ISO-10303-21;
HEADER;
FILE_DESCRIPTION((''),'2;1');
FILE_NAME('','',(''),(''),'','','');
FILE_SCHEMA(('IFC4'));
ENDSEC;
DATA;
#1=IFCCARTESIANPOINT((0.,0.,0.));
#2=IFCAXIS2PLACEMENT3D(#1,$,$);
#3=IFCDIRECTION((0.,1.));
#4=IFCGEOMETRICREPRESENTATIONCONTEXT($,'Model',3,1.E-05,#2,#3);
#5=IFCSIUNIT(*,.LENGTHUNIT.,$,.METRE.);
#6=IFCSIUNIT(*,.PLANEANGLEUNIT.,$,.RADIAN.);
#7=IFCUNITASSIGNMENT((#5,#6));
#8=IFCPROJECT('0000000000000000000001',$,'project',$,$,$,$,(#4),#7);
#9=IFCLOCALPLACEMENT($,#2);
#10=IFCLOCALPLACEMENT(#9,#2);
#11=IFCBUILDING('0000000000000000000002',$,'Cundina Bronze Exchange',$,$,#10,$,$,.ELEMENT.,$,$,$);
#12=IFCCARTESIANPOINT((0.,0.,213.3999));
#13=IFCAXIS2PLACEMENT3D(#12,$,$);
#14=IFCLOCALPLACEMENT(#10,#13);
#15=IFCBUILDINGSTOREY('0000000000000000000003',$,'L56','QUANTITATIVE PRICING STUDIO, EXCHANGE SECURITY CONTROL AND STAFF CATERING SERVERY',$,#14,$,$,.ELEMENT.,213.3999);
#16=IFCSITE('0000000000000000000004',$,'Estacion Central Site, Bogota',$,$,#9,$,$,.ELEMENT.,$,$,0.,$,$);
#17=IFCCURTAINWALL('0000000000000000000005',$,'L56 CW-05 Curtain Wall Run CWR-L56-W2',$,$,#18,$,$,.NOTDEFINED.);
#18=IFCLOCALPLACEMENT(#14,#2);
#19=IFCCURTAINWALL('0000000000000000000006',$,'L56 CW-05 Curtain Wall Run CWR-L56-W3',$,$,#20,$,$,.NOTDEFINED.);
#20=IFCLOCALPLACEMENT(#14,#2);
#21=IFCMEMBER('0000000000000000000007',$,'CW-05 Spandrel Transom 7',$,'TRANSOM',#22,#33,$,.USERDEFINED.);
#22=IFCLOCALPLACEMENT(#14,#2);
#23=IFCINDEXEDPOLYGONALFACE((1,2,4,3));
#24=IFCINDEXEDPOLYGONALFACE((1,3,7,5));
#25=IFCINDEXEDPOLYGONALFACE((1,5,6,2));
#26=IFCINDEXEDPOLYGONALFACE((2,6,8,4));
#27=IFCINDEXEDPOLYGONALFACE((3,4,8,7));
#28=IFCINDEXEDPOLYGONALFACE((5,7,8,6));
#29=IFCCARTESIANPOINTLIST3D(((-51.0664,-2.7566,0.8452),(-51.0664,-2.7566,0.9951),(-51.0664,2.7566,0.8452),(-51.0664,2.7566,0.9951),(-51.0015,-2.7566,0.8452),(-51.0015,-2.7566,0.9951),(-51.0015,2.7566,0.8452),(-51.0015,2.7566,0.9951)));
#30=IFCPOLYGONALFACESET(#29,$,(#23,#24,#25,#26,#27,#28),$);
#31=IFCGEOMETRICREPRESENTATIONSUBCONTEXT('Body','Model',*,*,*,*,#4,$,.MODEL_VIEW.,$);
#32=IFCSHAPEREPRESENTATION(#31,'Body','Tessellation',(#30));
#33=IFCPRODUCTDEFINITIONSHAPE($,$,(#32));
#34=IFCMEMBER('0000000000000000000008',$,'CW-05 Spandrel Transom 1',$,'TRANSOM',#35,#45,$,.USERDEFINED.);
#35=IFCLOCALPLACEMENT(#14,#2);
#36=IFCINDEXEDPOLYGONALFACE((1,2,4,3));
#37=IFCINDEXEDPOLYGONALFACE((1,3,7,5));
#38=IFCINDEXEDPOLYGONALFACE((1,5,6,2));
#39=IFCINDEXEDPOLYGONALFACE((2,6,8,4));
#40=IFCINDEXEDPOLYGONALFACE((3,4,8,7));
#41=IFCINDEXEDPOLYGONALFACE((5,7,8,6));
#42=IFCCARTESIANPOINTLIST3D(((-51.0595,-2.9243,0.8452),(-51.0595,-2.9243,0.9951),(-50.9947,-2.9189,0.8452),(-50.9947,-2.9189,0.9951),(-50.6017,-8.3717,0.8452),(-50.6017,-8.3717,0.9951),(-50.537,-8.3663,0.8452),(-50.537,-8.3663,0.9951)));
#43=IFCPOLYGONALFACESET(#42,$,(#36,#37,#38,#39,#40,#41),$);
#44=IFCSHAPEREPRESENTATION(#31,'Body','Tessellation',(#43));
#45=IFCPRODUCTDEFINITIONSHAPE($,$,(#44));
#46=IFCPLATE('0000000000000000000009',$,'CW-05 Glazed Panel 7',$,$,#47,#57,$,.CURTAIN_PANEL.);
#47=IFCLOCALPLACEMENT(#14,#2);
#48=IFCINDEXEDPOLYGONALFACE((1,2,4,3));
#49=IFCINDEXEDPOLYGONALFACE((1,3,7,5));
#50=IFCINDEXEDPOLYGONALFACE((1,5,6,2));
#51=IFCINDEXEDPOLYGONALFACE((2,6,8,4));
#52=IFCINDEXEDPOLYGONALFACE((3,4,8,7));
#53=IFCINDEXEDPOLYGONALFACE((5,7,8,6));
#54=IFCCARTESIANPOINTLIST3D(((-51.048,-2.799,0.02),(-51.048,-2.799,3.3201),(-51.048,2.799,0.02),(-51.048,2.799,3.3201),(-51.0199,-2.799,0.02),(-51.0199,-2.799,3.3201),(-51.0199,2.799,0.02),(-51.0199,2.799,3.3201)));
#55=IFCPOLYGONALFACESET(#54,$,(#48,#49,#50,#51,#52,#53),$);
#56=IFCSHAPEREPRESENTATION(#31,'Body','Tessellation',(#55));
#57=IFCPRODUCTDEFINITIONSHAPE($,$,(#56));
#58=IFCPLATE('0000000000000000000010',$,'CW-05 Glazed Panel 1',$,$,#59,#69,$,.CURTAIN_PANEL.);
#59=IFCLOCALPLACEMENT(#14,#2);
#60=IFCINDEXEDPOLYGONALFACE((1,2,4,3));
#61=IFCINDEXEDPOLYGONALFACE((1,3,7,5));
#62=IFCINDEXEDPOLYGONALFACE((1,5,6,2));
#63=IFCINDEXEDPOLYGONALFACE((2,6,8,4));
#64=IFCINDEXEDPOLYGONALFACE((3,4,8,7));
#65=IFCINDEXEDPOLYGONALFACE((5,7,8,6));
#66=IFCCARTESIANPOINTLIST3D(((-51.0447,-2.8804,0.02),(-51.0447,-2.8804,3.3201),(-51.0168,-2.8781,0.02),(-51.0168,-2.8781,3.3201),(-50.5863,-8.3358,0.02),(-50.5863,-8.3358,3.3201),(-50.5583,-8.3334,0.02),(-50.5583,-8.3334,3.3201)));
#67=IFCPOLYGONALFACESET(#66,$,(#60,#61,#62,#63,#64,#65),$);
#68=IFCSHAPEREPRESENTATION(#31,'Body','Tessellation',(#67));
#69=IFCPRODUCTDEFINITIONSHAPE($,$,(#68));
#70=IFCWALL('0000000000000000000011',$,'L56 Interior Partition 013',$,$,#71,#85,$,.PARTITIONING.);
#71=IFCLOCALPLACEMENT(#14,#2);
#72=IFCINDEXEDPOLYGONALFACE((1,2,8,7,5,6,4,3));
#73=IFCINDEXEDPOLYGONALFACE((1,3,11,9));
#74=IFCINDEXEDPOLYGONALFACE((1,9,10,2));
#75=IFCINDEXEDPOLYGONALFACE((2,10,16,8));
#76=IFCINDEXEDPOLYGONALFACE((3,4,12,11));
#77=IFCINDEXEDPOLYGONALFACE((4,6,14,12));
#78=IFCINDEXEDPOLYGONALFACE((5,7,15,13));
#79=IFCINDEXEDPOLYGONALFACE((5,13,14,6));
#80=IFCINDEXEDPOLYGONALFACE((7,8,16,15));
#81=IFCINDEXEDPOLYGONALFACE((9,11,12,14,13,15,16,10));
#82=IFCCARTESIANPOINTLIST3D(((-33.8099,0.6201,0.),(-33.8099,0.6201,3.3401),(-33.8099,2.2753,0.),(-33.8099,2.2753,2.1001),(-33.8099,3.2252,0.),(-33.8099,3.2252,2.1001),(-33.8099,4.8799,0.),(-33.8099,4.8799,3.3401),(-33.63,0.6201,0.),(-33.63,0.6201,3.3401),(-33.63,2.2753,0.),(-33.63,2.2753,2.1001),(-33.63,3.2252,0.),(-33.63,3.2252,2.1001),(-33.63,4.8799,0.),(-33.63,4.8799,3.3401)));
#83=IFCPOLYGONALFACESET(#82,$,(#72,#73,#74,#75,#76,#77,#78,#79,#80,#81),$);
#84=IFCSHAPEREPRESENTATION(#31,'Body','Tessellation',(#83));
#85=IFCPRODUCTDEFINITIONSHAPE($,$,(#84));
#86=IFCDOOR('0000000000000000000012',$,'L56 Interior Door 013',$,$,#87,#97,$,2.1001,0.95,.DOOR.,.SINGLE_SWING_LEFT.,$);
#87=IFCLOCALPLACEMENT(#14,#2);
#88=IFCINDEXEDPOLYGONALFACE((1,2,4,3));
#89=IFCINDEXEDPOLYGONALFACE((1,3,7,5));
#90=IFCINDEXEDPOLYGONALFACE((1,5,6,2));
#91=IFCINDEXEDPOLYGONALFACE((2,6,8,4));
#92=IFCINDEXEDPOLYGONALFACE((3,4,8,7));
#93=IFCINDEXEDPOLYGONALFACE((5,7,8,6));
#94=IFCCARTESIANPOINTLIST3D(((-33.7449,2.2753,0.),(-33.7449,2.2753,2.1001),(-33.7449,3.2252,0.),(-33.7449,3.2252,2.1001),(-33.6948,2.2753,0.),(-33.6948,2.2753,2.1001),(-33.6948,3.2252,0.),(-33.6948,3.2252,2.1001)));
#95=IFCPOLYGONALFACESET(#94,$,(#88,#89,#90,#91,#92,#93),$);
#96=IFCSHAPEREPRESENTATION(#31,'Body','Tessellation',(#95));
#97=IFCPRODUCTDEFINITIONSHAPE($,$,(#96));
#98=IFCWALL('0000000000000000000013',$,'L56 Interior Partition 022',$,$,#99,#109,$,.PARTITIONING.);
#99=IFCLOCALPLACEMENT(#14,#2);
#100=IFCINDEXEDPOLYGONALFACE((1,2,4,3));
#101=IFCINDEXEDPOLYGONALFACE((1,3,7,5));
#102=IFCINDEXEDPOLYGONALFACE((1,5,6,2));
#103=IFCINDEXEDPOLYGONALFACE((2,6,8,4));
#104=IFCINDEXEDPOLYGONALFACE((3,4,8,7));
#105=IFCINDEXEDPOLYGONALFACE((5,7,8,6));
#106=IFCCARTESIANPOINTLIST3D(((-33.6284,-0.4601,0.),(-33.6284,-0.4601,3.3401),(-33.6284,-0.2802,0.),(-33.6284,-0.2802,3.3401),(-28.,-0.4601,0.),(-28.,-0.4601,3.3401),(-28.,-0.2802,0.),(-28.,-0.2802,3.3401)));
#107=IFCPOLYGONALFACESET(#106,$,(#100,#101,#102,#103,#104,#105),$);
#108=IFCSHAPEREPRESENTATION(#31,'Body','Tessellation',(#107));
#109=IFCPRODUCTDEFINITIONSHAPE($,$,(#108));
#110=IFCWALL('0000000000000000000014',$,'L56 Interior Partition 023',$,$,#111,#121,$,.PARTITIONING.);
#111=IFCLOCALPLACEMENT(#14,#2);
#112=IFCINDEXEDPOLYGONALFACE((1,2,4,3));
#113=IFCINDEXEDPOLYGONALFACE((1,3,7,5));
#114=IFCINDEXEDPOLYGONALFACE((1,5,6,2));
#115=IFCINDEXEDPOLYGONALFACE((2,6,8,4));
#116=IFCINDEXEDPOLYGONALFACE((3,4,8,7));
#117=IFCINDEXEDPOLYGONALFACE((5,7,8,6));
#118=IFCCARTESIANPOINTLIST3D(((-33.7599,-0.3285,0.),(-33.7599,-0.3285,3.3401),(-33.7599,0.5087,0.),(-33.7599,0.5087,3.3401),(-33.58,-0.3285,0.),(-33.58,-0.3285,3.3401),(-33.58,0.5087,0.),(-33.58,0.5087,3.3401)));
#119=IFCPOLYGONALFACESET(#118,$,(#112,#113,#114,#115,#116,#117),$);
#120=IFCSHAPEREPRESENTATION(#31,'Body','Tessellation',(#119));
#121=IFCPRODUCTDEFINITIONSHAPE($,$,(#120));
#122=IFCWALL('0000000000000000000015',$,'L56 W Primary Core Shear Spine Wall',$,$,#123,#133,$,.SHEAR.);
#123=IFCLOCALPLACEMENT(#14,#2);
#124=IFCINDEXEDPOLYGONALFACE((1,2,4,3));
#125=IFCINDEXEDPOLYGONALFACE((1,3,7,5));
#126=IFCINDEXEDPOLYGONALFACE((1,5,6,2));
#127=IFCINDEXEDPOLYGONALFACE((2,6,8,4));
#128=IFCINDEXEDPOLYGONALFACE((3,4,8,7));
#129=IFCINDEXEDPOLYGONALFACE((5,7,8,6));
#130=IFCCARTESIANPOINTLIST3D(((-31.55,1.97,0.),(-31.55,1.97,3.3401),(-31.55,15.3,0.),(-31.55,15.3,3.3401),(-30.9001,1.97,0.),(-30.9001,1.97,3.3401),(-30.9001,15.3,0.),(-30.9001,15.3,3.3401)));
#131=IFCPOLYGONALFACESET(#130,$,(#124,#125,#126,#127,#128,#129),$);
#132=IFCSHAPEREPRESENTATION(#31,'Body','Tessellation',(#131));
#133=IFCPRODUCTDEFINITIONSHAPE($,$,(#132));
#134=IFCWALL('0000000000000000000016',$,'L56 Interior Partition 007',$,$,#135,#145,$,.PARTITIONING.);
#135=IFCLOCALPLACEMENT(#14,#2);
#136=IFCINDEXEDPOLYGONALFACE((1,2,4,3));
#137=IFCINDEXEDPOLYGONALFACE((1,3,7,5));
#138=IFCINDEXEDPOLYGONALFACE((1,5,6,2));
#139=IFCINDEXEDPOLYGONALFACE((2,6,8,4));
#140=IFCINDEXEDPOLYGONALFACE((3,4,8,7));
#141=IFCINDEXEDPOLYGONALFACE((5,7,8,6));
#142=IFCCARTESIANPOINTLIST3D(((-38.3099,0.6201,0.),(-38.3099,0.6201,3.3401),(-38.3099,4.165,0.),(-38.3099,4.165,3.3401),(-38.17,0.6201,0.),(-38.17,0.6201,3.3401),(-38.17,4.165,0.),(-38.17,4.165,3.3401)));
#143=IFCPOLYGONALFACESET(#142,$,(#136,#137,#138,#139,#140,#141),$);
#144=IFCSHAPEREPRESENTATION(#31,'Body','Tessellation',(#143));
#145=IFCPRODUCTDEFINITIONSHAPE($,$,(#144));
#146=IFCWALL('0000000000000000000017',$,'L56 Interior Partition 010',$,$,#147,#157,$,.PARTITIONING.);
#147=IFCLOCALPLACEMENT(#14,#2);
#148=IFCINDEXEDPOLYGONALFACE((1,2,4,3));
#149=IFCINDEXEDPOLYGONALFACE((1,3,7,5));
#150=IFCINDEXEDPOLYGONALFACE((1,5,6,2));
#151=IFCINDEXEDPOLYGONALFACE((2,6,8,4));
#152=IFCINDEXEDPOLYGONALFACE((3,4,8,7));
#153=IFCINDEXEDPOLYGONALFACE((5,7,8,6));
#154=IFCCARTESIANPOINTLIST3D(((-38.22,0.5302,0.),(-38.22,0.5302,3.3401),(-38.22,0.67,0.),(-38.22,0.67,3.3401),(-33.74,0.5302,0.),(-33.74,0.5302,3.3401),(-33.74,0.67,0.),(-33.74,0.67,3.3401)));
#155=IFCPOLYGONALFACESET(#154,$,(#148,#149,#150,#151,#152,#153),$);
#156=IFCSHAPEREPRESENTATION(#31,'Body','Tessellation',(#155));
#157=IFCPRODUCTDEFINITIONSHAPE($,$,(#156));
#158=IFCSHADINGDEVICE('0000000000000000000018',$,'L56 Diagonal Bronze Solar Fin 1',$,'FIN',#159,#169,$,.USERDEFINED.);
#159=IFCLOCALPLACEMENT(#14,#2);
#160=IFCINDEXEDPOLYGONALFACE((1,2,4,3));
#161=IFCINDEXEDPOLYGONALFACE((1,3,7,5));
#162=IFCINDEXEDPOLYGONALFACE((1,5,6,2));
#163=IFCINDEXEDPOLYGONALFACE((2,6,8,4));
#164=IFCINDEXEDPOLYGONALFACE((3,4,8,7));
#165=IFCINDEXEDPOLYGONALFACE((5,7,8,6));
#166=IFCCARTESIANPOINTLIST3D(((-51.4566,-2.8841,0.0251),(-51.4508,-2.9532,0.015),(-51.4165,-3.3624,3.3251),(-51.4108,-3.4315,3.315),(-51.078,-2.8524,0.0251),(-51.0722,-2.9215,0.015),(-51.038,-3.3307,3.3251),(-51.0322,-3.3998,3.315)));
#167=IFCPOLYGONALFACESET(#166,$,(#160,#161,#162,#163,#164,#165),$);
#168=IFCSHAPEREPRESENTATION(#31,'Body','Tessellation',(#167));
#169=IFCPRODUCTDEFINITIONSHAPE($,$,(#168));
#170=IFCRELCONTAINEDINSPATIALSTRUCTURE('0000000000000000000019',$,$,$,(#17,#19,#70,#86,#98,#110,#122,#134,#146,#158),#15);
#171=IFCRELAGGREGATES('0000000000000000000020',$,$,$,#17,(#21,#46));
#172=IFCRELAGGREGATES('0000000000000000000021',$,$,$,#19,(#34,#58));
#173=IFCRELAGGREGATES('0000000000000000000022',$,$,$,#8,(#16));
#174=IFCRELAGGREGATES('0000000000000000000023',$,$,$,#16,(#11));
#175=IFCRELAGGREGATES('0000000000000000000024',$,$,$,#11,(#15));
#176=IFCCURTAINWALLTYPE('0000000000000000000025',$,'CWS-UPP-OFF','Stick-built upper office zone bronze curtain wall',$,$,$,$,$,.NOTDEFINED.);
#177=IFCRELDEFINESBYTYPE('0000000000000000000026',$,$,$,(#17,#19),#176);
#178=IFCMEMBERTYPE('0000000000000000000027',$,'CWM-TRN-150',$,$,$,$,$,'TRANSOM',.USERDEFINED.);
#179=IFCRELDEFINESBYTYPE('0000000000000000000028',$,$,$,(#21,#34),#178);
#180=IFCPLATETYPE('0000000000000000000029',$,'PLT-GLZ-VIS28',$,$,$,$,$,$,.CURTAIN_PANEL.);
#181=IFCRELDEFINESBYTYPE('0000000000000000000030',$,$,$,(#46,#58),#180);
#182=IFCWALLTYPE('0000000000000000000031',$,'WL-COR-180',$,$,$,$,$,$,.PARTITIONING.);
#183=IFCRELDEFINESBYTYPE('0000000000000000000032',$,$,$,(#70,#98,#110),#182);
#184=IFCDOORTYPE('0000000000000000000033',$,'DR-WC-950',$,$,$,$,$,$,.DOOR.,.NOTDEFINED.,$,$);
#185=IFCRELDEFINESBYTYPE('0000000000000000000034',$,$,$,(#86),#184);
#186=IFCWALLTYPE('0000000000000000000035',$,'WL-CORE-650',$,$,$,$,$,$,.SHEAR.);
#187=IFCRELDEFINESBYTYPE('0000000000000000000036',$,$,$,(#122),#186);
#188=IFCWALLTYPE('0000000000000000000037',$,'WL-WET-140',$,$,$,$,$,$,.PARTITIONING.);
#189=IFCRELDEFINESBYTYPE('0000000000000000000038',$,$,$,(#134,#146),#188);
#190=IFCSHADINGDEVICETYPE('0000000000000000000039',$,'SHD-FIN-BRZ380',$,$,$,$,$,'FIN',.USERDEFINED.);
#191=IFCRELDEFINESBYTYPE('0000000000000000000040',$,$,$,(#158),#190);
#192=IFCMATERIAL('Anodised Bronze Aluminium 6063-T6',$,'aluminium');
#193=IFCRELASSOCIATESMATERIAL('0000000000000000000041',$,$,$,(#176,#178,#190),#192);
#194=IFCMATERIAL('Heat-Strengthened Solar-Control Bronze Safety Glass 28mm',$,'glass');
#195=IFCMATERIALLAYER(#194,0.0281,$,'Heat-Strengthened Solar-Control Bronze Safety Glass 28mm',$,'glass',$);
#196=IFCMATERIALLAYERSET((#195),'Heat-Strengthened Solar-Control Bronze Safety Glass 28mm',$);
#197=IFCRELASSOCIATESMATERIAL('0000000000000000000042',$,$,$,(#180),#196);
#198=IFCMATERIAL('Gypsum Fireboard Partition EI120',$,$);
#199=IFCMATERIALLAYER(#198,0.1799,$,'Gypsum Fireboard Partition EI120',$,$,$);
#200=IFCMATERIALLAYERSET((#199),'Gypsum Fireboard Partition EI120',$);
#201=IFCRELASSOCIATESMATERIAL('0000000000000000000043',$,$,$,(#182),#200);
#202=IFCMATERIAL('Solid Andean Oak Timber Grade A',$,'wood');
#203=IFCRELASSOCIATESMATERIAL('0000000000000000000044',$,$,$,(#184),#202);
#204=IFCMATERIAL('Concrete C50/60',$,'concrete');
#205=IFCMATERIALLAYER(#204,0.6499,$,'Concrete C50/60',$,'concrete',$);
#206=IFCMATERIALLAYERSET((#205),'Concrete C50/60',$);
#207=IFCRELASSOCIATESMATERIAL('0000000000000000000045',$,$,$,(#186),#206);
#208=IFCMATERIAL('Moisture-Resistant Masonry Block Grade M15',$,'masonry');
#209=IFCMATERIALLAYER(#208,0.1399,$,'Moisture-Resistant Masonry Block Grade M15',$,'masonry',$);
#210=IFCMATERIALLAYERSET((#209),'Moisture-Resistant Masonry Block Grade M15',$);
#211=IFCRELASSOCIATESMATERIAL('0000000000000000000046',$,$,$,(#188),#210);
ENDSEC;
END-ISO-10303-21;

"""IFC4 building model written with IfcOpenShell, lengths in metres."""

from ifc_helpers import new_model, si_unit, direction, frame, frame_2d, origin, origin_2d, place, context, subcontext, project, spatial, rectangle, extrude, material, layer, layer_set, material_profile, profile_set, type_object, element, fill, aggregate, save


model = new_model("IFC4")

# Units and contexts
model_context = context("Model", 3, precision=1e-05, world=origin(), true_north=direction((0.0, 1.0)))
body_context = subcontext(model_context, "Body", "Model", "MODEL_VIEW")
ifc_project = project(units=[si_unit("LENGTHUNIT", "METRE"), si_unit("PLANEANGLEUNIT", "RADIAN")], contexts=[model_context])

# Site, building, storey
site_placement = place(None, origin())
site = spatial("IfcSite", under=ifc_project, at=site_placement, Name="Estacion Central Site, Bogota", CompositionType="ELEMENT", RefElevation=0.0)
building_placement = place(site_placement, origin())
building = spatial("IfcBuilding", under=site, at=building_placement, Name="Cundina Bronze Exchange", CompositionType="ELEMENT")
storey_placement = place(building_placement, frame((0.0, 0.0, 213.3999)))
storey = spatial("IfcBuildingStorey", under=building, at=storey_placement, Name="L56", Description="QUANTITATIVE PRICING STUDIO, EXCHANGE SECURITY CONTROL AND STAFF CATERING SERVERY", CompositionType="ELEMENT", Elevation=213.3999)

# Shared definitions
ifc_material_1 = material(Name="Concrete C50/60", Category="concrete")

# Curtain walls
ifc_material_2 = material(Name="Anodised Bronze Aluminium 6063-T6", Category="aluminium")
curtain_wall_type = type_object("IfcCurtainWallType", Name="CWS-UPP-OFF", Description="Stick-built upper office zone bronze curtain wall", PredefinedType="NOTDEFINED", material=ifc_material_2)
curtain_wall_1_placement = place(storey_placement, origin())
curtain_wall_1 = element("IfcCurtainWall", 1, at=curtain_wall_1_placement, inside=storey, type_object=curtain_wall_type, Name="L56 CW-05 Curtain Wall Run CWR-L56-W2", PredefinedType="NOTDEFINED")
curtain_wall_2_placement = place(storey_placement, origin())
curtain_wall_2 = element("IfcCurtainWall", 2, at=curtain_wall_2_placement, inside=storey, type_object=curtain_wall_type, Name="L56 CW-05 Curtain Wall Run CWR-L56-W3", PredefinedType="NOTDEFINED")

# Members
ifc_material_profile_1 = material_profile(ifc_material_2, rectangle(XDim=0.0649, YDim=0.1499, at=origin_2d()), Name="AL65X150", Category="aluminium")
ifc_profile_set_1 = profile_set([ifc_material_profile_1], Name="Anodised Bronze Aluminium 6063-T6")
member_type_1 = type_object("IfcMemberType", Name="CWM-TRN-150", ElementType="TRANSOM", PredefinedType="USERDEFINED", material=ifc_profile_set_1)
member_1_placement = place(storey_placement, frame((-51.0339, 2.7566, 0.9202), z_axis=(0.0, -1.0, 0.0), x_axis=(1.0, 0.0, 0.0)))
member_1 = element("IfcMember", 3, at=member_1_placement, type_object=member_type_1, Name="CW-05 Spandrel Transom 7", ObjectType="TRANSOM", PredefinedType="USERDEFINED", context=body_context, shape_type="SweptSolid", body=[
    extrude(rectangle(XDim=0.0649, YDim=0.1499, at=origin_2d()), origin(), (0.0, 0.0, 1.0), 5.5132),
])
member_2_placement = place(storey_placement, frame((-51.0271, -2.9216, 0.9202), z_axis=(0.08374, -0.996488, 0.0), x_axis=(0.996488, 0.08374, 0.0)))
member_2 = element("IfcMember", 4, at=member_2_placement, type_object=member_type_1, Name="CW-05 Spandrel Transom 1", ObjectType="TRANSOM", PredefinedType="USERDEFINED", context=body_context, shape_type="SweptSolid", body=[
    extrude(rectangle(XDim=0.0649, YDim=0.1499, at=origin_2d()), origin(), (0.0, 0.0, 1.0), 5.4666),
])

# Plates
ifc_material_3 = material(Name="Heat-Strengthened Solar-Control Bronze Safety Glass 28mm", Category="glass")
ifc_layer_1 = layer(ifc_material_3, 0.0281, Name="Heat-Strengthened Solar-Control Bronze Safety Glass 28mm", Category="glass")
ifc_layer_set_1 = layer_set([ifc_layer_1], Name="Heat-Strengthened Solar-Control Bronze Safety Glass 28mm")
plate_type = type_object("IfcPlateType", Name="PLT-GLZ-VIS28", PredefinedType="CURTAIN_PANEL", material=ifc_layer_set_1)
plate_1_placement = place(storey_placement, frame((-51.0339, 0.0, 0.02), z_axis=(0.0, 0.0, 1.0), x_axis=(0.0, -1.0, 0.0)))
plate_1 = element("IfcPlate", 5, at=plate_1_placement, type_object=plate_type, Name="CW-05 Glazed Panel 7", PredefinedType="CURTAIN_PANEL", context=body_context, shape_type="SweptSolid", body=[
    extrude(rectangle(XDim=5.5979, YDim=0.0281, at=origin_2d()), origin(), (0.0, 0.0, 1.0), 3.3),
])
aggregate(curtain_wall_1, [member_1, plate_1])
plate_2_placement = place(storey_placement, frame((-50.8015, -5.6069, 0.02), z_axis=(0.0, 0.0, 1.0), x_axis=(0.083747, -0.996487, 0.0)))
plate_2 = element("IfcPlate", 6, at=plate_2_placement, type_object=plate_type, Name="CW-05 Glazed Panel 1", PredefinedType="CURTAIN_PANEL", context=body_context, shape_type="SweptSolid", body=[
    extrude(rectangle(XDim=5.4746, YDim=0.0281, at=origin_2d()), origin(), (0.0, 0.0, 1.0), 3.3),
])
aggregate(curtain_wall_2, [member_2, plate_2])

# Wall, opening, door
ifc_material_4 = material(Name="Gypsum Fireboard Partition EI120")
ifc_layer_2 = layer(ifc_material_4, 0.1799, Name="Gypsum Fireboard Partition EI120")
ifc_layer_set_2 = layer_set([ifc_layer_2], Name="Gypsum Fireboard Partition EI120")
wall_type_1 = type_object("IfcWallType", Name="WL-COR-180", PredefinedType="PARTITIONING", material=ifc_layer_set_2)
wall_1_placement = place(storey_placement, frame((-33.72, 0.6201, 0.0), z_axis=(0.0, 0.0, 1.0), x_axis=(0.0, 1.0, 0.0)))
wall_1 = element("IfcWall", 7, at=wall_1_placement, inside=storey, type_object=wall_type_1, Name="L56 Interior Partition 013", PredefinedType="PARTITIONING", context=body_context, shape_type="SweptSolid", body=[
    extrude(rectangle(XDim=4.2598, YDim=0.1799, at=frame_2d((2.1299, 0.0))), origin(), (0.0, 0.0, 1.0), 3.3401),
])
opening_1_placement = place(wall_1_placement, frame((1.655, 0.0, 0.0)))
opening_1 = element("IfcOpeningElement", 8, at=opening_1_placement, cuts=wall_1, PredefinedType="OPENING", context=body_context, shape_type="SweptSolid", body=[
    extrude(rectangle(XDim=0.95, YDim=2.1001, at=frame_2d((0.4751, 1.05))), frame((0.0, 0.0999, 0.0), z_axis=(0.0, -1.0, 0.0), x_axis=(1.0, 0.0, 0.0)), (0.0, 0.0, 1.0), 0.2),
])
ifc_material_5 = material(Name="Solid Andean Oak Timber Grade A", Category="wood")
door_type_1 = type_object("IfcDoorType", Name="DR-WC-950", OperationType="NOTDEFINED", PredefinedType="DOOR", material=ifc_material_5)
door_1_placement = place(opening_1_placement, origin())
door_1 = element("IfcDoor", 9, at=door_1_placement, inside=storey, type_object=door_type_1, Name="L56 Interior Door 013", OperationType="SINGLE_SWING_LEFT", OverallHeight=2.1001, OverallWidth=0.95, PredefinedType="DOOR", context=body_context, shape_type="SweptSolid", body=[
    extrude(rectangle(XDim=0.95, YDim=2.1001, at=frame_2d((0.4751, 1.05))), frame((0.0, 0.0249, 0.0), z_axis=(0.0, -1.0, 0.0), x_axis=(1.0, 0.0, 0.0)), (0.0, 0.0, 1.0), 0.05),
])
fill(opening_1, door_1)

# Walls
wall_2_placement = place(storey_placement, frame((-33.6284, -0.3701, 0.0), z_axis=(0.0, 0.0, 1.0), x_axis=(1.0, 0.0, 0.0)))
element("IfcWall", 10, at=wall_2_placement, inside=storey, type_object=wall_type_1, Name="L56 Interior Partition 022", PredefinedType="PARTITIONING", context=body_context, shape_type="SweptSolid", body=[
    extrude(rectangle(XDim=5.6284, YDim=0.1799, at=frame_2d((2.8142, 0.0))), origin(), (0.0, 0.0, 1.0), 3.3401),
])
wall_3_placement = place(storey_placement, frame((-33.6699, 0.5085, 0.0), z_axis=(0.0, 0.0, 1.0), x_axis=(0.0, -1.0, 0.0)))
element("IfcWall", 11, at=wall_3_placement, inside=storey, type_object=wall_type_1, Name="L56 Interior Partition 023", PredefinedType="PARTITIONING", context=body_context, shape_type="SweptSolid", body=[
    extrude(rectangle(XDim=0.8372, YDim=0.1799, at=frame_2d((0.4185, 0.0))), origin(), (0.0, 0.0, 1.0), 3.3401),
])
ifc_layer_3 = layer(ifc_material_1, 0.6499, Name="Concrete C50/60", Category="concrete")
ifc_layer_set_3 = layer_set([ifc_layer_3], Name="Concrete C50/60")
wall_type_2 = type_object("IfcWallType", Name="WL-CORE-650", PredefinedType="SHEAR", material=ifc_layer_set_3)
wall_4_placement = place(storey_placement, frame((-31.2251, 1.97, 0.0), z_axis=(0.0, 0.0, 1.0), x_axis=(0.0, 1.0, 0.0)))
element("IfcWall", 12, at=wall_4_placement, inside=storey, type_object=wall_type_2, Name="L56 W Primary Core Shear Spine Wall", PredefinedType="SHEAR", context=body_context, shape_type="SweptSolid", body=[
    extrude(rectangle(XDim=13.3301, YDim=0.6499, at=frame_2d((6.665, 0.0))), origin(), (0.0, 0.0, 1.0), 3.3401),
])
ifc_material_6 = material(Name="Moisture-Resistant Masonry Block Grade M15", Category="masonry")
ifc_layer_4 = layer(ifc_material_6, 0.1399, Name="Moisture-Resistant Masonry Block Grade M15", Category="masonry")
ifc_layer_set_4 = layer_set([ifc_layer_4], Name="Moisture-Resistant Masonry Block Grade M15")
wall_type_3 = type_object("IfcWallType", Name="WL-WET-140", PredefinedType="PARTITIONING", material=ifc_layer_set_4)
wall_5_placement = place(storey_placement, frame((-38.24, 0.6201, 0.0), z_axis=(0.0, 0.0, 1.0), x_axis=(0.0, 1.0, 0.0)))
element("IfcWall", 13, at=wall_5_placement, inside=storey, type_object=wall_type_3, Name="L56 Interior Partition 007", PredefinedType="PARTITIONING", context=body_context, shape_type="SweptSolid", body=[
    extrude(rectangle(XDim=3.5449, YDim=0.1399, at=frame_2d((1.7725, 0.0))), origin(), (0.0, 0.0, 1.0), 3.3401),
])
wall_6_placement = place(storey_placement, frame((-38.22, 0.6001, 0.0), z_axis=(0.0, 0.0, 1.0), x_axis=(1.0, 0.0, 0.0)))
element("IfcWall", 14, at=wall_6_placement, inside=storey, type_object=wall_type_3, Name="L56 Interior Partition 010", PredefinedType="PARTITIONING", context=body_context, shape_type="SweptSolid", body=[
    extrude(rectangle(XDim=4.48, YDim=0.1399, at=frame_2d((2.24, 0.0))), origin(), (0.0, 0.0, 1.0), 3.3401),
])

# Shading device
ifc_material_profile_2 = material_profile(ifc_material_2, rectangle(XDim=0.0701, YDim=0.3799, at=origin_2d()), Name="FIN70X380", Category="aluminium")
ifc_profile_set_2 = profile_set([ifc_material_profile_2], Name="Anodised Bronze Aluminium 6063-T6")
shading_device_type = type_object("IfcShadingDeviceType", Name="SHD-FIN-BRZ380", ElementType="FIN", PredefinedType="USERDEFINED", material=ifc_profile_set_2)
shading_device_placement = place(storey_placement, frame((-51.2644, -2.9028, 0.02), z_axis=(0.012007, -0.14342, 0.989589), x_axis=(-0.082556, 0.98614, 0.143921)))
element("IfcShadingDevice", 15, at=shading_device_placement, inside=storey, type_object=shading_device_type, Name="L56 Diagonal Bronze Solar Fin 1", ObjectType="FIN", PredefinedType="USERDEFINED", context=body_context, shape_type="SweptSolid", body=[
    extrude(rectangle(XDim=0.0701, YDim=0.3799, at=origin_2d()), origin(), (0.0, 0.0, 1.0), 3.3347),
])

save(model, "model.ifc")
